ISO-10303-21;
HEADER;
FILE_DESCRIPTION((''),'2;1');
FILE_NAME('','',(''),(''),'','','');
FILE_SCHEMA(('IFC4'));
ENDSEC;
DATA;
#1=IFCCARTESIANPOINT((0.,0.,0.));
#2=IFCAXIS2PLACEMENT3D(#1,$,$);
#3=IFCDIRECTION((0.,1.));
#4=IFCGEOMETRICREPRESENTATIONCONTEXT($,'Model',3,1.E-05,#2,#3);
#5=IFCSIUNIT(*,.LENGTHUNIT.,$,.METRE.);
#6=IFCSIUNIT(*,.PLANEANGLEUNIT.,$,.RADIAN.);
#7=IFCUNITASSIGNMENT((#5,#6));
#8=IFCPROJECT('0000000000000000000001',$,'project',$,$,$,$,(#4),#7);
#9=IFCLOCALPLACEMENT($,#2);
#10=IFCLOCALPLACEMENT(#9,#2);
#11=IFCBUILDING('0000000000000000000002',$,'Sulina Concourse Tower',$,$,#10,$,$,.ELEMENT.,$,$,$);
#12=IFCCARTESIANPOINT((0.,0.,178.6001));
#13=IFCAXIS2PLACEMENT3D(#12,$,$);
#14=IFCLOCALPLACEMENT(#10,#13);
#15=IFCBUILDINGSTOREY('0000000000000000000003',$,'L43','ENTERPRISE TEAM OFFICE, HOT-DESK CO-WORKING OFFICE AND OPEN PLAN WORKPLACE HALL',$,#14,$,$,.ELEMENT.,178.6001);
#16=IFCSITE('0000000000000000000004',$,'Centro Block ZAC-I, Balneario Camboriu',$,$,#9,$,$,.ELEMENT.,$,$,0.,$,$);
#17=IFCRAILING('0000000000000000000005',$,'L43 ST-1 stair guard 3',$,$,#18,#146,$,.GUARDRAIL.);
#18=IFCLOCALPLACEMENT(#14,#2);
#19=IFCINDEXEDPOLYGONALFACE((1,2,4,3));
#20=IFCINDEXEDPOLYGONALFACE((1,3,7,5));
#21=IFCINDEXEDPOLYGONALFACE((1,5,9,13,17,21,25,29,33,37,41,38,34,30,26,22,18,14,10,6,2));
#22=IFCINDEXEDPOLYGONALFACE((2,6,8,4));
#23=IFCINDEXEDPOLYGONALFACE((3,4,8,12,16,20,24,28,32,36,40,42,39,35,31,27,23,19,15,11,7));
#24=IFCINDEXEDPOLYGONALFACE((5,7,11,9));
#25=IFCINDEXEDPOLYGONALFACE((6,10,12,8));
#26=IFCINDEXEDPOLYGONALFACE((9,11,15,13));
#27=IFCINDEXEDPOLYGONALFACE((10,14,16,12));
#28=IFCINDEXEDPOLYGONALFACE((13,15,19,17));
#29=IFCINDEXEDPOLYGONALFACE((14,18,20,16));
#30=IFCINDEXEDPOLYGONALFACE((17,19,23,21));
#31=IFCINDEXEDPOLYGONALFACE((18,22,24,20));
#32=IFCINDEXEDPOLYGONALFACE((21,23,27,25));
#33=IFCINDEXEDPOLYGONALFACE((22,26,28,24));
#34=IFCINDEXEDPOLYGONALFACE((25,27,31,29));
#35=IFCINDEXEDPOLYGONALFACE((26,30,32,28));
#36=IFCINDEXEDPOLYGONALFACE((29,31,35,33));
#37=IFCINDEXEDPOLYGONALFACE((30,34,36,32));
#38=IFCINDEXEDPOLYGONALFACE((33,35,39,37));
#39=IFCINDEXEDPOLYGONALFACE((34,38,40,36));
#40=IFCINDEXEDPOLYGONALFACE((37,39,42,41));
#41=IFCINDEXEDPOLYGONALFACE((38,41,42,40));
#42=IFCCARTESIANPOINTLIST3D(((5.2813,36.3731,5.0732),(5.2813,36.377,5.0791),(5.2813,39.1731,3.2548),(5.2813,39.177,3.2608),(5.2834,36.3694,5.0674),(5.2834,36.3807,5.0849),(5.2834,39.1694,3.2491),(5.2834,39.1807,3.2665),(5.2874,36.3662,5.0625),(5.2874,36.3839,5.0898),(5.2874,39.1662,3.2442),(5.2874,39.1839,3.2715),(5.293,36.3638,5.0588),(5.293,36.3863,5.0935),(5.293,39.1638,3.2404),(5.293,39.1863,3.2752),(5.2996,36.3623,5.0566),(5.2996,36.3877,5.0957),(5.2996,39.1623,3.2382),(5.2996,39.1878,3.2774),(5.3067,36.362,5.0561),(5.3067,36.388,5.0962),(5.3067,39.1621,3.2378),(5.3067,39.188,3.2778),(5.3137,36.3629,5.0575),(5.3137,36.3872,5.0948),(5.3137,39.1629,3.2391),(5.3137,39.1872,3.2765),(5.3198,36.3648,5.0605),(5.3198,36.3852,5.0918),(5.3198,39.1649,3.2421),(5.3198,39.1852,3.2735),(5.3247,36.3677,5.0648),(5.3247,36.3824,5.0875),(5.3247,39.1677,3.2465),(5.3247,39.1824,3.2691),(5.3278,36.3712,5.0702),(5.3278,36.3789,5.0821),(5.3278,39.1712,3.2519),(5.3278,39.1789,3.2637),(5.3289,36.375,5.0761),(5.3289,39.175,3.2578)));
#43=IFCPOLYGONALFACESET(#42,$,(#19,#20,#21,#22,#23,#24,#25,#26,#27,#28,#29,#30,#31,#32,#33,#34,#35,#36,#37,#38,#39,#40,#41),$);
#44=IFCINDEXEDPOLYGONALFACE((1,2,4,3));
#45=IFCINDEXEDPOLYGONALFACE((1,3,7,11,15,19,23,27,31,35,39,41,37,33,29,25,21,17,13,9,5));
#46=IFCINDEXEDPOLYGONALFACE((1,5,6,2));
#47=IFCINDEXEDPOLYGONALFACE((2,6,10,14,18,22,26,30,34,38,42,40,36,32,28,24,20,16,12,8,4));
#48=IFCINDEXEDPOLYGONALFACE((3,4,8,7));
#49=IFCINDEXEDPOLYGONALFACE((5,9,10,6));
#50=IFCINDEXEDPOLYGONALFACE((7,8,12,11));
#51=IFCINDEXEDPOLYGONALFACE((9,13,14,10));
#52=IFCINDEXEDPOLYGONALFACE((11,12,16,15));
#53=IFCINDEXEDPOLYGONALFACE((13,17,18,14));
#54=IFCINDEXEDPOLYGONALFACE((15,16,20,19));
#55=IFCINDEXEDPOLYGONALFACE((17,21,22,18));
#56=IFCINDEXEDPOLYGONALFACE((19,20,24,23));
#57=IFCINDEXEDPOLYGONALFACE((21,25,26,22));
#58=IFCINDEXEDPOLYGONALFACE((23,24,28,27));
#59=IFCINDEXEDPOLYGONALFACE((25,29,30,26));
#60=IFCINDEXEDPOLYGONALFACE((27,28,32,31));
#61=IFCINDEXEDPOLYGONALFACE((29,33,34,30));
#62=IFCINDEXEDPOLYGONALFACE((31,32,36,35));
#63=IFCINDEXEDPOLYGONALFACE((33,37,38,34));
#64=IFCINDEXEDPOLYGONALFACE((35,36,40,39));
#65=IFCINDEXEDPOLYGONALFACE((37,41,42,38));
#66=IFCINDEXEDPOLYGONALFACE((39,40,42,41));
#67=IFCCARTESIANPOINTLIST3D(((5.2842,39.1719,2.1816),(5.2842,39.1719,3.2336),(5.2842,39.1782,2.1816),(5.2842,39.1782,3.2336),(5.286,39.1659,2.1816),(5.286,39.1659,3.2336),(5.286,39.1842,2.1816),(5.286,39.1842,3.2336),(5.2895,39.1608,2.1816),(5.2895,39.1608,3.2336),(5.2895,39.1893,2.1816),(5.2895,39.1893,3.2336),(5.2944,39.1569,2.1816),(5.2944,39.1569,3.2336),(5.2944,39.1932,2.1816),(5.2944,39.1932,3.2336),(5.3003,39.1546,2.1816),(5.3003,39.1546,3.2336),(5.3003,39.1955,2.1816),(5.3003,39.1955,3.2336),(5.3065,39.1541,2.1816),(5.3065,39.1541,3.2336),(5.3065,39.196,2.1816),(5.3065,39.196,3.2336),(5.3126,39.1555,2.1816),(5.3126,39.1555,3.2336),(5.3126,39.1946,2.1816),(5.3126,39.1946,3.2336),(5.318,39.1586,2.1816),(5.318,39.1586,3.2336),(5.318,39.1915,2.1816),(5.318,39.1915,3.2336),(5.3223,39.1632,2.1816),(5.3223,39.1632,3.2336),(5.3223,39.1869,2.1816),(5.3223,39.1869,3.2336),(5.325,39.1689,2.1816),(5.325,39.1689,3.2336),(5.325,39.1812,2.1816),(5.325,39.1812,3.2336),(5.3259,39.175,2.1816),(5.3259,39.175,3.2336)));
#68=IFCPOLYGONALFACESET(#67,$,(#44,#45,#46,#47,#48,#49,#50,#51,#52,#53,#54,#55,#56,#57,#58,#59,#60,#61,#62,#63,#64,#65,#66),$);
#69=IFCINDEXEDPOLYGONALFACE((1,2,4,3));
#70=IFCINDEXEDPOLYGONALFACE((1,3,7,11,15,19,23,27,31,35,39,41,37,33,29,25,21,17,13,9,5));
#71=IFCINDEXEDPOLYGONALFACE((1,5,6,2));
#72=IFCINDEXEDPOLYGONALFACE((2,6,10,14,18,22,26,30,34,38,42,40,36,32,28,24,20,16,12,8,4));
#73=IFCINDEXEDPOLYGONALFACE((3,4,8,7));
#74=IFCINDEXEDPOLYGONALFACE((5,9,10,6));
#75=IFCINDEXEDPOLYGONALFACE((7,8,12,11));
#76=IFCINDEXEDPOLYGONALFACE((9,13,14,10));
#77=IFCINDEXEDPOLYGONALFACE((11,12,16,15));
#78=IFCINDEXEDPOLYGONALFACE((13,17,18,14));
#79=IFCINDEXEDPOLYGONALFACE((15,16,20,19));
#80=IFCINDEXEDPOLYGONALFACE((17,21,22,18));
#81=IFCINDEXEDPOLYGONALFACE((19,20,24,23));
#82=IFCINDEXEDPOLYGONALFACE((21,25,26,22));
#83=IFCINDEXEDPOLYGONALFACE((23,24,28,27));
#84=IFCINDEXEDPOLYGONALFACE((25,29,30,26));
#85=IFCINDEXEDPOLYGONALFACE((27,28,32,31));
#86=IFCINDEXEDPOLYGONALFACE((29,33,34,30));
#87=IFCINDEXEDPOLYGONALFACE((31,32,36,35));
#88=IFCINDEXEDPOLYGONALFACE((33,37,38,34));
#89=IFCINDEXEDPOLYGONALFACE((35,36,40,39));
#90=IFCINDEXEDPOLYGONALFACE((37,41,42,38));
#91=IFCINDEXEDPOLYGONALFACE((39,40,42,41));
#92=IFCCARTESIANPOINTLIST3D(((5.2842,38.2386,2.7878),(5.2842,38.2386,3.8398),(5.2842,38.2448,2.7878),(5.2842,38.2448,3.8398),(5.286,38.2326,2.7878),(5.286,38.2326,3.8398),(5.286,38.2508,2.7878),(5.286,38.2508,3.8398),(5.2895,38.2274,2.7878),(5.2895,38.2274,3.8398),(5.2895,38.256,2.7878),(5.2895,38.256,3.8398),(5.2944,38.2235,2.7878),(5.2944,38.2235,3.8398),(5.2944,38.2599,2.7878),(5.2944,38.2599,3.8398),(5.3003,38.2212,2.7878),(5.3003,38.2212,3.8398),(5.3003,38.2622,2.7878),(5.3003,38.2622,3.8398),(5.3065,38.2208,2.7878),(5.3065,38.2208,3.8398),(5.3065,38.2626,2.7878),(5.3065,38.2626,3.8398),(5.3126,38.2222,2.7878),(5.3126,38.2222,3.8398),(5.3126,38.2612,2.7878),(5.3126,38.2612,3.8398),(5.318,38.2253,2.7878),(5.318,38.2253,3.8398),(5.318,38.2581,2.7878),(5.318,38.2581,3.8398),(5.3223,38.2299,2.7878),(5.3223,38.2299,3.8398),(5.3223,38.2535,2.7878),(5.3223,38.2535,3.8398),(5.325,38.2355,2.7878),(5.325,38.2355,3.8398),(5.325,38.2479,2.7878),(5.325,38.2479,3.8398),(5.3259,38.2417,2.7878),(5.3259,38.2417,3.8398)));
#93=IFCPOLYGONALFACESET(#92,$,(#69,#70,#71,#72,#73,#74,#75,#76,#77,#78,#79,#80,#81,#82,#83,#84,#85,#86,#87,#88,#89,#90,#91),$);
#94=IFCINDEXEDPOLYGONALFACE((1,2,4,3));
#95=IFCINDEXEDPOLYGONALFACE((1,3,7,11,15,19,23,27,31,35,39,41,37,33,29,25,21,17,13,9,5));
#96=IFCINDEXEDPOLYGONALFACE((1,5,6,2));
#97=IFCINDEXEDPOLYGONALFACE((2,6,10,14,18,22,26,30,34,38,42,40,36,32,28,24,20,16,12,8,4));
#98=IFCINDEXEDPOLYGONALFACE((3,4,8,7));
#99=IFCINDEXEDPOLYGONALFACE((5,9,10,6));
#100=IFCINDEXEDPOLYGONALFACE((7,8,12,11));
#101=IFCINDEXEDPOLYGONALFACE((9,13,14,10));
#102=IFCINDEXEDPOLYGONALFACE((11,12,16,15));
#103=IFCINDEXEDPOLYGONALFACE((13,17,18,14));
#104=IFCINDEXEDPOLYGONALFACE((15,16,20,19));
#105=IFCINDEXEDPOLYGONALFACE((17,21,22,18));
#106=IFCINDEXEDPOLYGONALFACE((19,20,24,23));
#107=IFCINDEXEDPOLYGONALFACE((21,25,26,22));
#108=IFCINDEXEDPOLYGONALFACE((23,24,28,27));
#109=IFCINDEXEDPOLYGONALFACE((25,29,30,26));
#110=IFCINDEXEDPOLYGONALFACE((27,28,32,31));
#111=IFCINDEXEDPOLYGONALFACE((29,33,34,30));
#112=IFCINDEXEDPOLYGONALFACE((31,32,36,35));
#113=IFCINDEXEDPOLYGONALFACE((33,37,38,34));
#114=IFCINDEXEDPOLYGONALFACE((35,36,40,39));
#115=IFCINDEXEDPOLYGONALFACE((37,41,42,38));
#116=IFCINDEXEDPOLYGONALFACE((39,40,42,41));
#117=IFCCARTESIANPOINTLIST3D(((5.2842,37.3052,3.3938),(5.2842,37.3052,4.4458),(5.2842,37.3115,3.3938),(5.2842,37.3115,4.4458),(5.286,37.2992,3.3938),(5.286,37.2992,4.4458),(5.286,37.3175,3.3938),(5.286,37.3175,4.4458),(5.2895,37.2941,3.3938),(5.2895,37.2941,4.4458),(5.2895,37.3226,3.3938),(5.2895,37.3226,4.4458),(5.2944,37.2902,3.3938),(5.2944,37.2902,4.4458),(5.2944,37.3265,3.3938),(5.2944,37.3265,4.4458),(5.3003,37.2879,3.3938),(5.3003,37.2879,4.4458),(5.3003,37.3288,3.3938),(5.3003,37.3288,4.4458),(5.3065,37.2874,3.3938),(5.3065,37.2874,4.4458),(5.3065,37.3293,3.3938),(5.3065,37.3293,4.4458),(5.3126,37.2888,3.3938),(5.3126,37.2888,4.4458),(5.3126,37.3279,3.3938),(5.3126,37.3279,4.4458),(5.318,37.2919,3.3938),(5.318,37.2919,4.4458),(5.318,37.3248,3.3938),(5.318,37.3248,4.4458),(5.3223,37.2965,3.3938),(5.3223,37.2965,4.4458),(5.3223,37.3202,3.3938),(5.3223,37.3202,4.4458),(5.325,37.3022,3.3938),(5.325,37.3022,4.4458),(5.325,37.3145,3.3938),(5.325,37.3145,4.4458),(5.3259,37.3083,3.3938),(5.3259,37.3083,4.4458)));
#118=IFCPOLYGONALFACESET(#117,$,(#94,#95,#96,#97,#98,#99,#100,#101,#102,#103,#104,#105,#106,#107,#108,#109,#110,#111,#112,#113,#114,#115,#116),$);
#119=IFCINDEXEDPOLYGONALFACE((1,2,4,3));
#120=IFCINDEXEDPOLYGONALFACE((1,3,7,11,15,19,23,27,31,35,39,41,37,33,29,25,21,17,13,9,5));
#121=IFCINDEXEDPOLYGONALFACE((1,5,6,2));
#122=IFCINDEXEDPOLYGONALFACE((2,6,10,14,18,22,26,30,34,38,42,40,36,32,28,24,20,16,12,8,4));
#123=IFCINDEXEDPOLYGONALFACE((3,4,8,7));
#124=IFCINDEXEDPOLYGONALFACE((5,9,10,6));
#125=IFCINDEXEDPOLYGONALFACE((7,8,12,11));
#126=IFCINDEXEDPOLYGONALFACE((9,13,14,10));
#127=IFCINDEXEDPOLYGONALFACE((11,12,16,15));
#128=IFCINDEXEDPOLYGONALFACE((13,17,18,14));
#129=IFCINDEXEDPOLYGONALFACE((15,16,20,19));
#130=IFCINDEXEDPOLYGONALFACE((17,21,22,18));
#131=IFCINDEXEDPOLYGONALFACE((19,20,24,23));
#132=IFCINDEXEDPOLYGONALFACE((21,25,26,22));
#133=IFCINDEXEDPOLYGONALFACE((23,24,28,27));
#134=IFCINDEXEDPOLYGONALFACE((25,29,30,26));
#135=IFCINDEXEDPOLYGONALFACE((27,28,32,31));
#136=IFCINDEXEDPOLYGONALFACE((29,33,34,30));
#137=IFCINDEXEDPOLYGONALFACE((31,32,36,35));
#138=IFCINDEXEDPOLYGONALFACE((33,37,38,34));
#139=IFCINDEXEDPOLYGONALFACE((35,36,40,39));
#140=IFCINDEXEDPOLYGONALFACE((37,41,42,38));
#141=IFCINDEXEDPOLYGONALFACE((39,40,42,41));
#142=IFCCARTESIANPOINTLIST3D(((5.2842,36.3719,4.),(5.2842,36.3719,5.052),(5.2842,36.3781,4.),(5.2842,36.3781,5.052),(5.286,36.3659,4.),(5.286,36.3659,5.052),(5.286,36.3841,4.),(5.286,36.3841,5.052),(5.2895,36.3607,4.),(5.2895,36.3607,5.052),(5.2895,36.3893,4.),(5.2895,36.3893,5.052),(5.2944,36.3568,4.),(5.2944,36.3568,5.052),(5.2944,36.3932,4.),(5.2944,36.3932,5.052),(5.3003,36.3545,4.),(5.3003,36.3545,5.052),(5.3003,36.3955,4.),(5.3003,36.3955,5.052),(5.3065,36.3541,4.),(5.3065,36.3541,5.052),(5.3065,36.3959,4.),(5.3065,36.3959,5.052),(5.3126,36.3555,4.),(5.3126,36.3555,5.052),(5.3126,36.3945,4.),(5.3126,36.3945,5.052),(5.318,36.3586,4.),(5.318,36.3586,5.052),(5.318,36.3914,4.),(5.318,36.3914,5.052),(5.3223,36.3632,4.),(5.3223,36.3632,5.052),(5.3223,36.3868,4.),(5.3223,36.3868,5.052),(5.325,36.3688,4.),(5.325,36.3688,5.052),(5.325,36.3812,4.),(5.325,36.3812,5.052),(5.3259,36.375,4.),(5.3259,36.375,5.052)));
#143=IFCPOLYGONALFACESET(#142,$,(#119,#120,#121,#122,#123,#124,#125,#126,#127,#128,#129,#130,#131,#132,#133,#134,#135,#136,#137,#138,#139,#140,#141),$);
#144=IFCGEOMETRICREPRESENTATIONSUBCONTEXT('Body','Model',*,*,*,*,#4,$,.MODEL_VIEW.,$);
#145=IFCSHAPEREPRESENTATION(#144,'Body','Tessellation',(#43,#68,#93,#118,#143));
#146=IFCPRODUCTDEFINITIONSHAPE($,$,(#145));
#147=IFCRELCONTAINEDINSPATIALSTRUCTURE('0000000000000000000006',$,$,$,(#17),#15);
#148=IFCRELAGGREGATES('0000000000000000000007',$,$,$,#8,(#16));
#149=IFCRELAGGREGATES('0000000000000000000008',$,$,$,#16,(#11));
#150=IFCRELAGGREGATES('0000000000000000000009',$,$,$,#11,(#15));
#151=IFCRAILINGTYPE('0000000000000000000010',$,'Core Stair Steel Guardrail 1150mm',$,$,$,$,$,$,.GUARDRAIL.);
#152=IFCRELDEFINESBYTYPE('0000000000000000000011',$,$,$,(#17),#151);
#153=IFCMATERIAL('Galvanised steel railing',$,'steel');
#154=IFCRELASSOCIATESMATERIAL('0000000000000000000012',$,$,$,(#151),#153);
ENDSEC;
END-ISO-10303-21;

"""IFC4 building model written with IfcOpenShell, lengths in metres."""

from ifc_helpers import new_model, si_unit, direction, frame, origin, origin_2d, place, context, subcontext, project, spatial, circle, extrude, material, type_object, element, save


model = new_model("IFC4")

# Units and contexts
model_context = context("Model", 3, precision=1e-05, world=origin(), true_north=direction((0.0, 1.0)))
body_context = subcontext(model_context, "Body", "Model", "MODEL_VIEW")
ifc_project = project(units=[si_unit("LENGTHUNIT", "METRE"), si_unit("PLANEANGLEUNIT", "RADIAN")], contexts=[model_context])

# Site, building, storey
site_placement = place(None, origin())
site = spatial("IfcSite", under=ifc_project, at=site_placement, Name="Centro Block ZAC-I, Balneario Camboriu", CompositionType="ELEMENT", RefElevation=0.0)
building_placement = place(site_placement, origin())
building = spatial("IfcBuilding", under=site, at=building_placement, Name="Sulina Concourse Tower", CompositionType="ELEMENT")
storey_placement = place(building_placement, frame((0.0, 0.0, 178.6001)))
storey = spatial("IfcBuildingStorey", under=building, at=storey_placement, Name="L43", Description="ENTERPRISE TEAM OFFICE, HOT-DESK CO-WORKING OFFICE AND OPEN PLAN WORKPLACE HALL", CompositionType="ELEMENT", Elevation=178.6001)

# Railing
ifc_material_1 = material(Name="Galvanised steel railing", Category="steel")
railing_type_1 = type_object("IfcRailingType", Name="Core Stair Steel Guardrail 1150mm", PredefinedType="GUARDRAIL", material=ifc_material_1)
railing_1_placement = place(storey_placement, frame((5.3049, 39.175, 2.1816)))
element("IfcRailing", 1, at=railing_1_placement, inside=storey, type_object=railing_type_1, Name="L43 ST-1 stair guard 3", PredefinedType="GUARDRAIL", context=body_context, shape_type="SweptSolid", body=[
    extrude(circle(Radius=0.0239, at=origin_2d()), frame((0.0, 0.0, 1.0762), z_axis=(0.0, -0.838672, 0.544636), x_axis=(1.0, 0.0, 0.0)), (0.0, 0.0, 1.0), 3.3386),
    extrude(circle(Radius=0.021, at=origin_2d()), origin(), (0.0, 0.0, 1.0), 1.052),
    extrude(circle(Radius=0.021, at=origin_2d()), frame((0.0, -0.9333, 0.6062)), (0.0, 0.0, 1.0), 1.052),
    extrude(circle(Radius=0.021, at=origin_2d()), frame((0.0, -1.8667, 1.2122)), (0.0, 0.0, 1.0), 1.052),
    extrude(circle(Radius=0.021, at=origin_2d()), frame((0.0, -2.8, 1.8184)), (0.0, 0.0, 1.0), 1.052),
])

save(model, "model.ifc")
